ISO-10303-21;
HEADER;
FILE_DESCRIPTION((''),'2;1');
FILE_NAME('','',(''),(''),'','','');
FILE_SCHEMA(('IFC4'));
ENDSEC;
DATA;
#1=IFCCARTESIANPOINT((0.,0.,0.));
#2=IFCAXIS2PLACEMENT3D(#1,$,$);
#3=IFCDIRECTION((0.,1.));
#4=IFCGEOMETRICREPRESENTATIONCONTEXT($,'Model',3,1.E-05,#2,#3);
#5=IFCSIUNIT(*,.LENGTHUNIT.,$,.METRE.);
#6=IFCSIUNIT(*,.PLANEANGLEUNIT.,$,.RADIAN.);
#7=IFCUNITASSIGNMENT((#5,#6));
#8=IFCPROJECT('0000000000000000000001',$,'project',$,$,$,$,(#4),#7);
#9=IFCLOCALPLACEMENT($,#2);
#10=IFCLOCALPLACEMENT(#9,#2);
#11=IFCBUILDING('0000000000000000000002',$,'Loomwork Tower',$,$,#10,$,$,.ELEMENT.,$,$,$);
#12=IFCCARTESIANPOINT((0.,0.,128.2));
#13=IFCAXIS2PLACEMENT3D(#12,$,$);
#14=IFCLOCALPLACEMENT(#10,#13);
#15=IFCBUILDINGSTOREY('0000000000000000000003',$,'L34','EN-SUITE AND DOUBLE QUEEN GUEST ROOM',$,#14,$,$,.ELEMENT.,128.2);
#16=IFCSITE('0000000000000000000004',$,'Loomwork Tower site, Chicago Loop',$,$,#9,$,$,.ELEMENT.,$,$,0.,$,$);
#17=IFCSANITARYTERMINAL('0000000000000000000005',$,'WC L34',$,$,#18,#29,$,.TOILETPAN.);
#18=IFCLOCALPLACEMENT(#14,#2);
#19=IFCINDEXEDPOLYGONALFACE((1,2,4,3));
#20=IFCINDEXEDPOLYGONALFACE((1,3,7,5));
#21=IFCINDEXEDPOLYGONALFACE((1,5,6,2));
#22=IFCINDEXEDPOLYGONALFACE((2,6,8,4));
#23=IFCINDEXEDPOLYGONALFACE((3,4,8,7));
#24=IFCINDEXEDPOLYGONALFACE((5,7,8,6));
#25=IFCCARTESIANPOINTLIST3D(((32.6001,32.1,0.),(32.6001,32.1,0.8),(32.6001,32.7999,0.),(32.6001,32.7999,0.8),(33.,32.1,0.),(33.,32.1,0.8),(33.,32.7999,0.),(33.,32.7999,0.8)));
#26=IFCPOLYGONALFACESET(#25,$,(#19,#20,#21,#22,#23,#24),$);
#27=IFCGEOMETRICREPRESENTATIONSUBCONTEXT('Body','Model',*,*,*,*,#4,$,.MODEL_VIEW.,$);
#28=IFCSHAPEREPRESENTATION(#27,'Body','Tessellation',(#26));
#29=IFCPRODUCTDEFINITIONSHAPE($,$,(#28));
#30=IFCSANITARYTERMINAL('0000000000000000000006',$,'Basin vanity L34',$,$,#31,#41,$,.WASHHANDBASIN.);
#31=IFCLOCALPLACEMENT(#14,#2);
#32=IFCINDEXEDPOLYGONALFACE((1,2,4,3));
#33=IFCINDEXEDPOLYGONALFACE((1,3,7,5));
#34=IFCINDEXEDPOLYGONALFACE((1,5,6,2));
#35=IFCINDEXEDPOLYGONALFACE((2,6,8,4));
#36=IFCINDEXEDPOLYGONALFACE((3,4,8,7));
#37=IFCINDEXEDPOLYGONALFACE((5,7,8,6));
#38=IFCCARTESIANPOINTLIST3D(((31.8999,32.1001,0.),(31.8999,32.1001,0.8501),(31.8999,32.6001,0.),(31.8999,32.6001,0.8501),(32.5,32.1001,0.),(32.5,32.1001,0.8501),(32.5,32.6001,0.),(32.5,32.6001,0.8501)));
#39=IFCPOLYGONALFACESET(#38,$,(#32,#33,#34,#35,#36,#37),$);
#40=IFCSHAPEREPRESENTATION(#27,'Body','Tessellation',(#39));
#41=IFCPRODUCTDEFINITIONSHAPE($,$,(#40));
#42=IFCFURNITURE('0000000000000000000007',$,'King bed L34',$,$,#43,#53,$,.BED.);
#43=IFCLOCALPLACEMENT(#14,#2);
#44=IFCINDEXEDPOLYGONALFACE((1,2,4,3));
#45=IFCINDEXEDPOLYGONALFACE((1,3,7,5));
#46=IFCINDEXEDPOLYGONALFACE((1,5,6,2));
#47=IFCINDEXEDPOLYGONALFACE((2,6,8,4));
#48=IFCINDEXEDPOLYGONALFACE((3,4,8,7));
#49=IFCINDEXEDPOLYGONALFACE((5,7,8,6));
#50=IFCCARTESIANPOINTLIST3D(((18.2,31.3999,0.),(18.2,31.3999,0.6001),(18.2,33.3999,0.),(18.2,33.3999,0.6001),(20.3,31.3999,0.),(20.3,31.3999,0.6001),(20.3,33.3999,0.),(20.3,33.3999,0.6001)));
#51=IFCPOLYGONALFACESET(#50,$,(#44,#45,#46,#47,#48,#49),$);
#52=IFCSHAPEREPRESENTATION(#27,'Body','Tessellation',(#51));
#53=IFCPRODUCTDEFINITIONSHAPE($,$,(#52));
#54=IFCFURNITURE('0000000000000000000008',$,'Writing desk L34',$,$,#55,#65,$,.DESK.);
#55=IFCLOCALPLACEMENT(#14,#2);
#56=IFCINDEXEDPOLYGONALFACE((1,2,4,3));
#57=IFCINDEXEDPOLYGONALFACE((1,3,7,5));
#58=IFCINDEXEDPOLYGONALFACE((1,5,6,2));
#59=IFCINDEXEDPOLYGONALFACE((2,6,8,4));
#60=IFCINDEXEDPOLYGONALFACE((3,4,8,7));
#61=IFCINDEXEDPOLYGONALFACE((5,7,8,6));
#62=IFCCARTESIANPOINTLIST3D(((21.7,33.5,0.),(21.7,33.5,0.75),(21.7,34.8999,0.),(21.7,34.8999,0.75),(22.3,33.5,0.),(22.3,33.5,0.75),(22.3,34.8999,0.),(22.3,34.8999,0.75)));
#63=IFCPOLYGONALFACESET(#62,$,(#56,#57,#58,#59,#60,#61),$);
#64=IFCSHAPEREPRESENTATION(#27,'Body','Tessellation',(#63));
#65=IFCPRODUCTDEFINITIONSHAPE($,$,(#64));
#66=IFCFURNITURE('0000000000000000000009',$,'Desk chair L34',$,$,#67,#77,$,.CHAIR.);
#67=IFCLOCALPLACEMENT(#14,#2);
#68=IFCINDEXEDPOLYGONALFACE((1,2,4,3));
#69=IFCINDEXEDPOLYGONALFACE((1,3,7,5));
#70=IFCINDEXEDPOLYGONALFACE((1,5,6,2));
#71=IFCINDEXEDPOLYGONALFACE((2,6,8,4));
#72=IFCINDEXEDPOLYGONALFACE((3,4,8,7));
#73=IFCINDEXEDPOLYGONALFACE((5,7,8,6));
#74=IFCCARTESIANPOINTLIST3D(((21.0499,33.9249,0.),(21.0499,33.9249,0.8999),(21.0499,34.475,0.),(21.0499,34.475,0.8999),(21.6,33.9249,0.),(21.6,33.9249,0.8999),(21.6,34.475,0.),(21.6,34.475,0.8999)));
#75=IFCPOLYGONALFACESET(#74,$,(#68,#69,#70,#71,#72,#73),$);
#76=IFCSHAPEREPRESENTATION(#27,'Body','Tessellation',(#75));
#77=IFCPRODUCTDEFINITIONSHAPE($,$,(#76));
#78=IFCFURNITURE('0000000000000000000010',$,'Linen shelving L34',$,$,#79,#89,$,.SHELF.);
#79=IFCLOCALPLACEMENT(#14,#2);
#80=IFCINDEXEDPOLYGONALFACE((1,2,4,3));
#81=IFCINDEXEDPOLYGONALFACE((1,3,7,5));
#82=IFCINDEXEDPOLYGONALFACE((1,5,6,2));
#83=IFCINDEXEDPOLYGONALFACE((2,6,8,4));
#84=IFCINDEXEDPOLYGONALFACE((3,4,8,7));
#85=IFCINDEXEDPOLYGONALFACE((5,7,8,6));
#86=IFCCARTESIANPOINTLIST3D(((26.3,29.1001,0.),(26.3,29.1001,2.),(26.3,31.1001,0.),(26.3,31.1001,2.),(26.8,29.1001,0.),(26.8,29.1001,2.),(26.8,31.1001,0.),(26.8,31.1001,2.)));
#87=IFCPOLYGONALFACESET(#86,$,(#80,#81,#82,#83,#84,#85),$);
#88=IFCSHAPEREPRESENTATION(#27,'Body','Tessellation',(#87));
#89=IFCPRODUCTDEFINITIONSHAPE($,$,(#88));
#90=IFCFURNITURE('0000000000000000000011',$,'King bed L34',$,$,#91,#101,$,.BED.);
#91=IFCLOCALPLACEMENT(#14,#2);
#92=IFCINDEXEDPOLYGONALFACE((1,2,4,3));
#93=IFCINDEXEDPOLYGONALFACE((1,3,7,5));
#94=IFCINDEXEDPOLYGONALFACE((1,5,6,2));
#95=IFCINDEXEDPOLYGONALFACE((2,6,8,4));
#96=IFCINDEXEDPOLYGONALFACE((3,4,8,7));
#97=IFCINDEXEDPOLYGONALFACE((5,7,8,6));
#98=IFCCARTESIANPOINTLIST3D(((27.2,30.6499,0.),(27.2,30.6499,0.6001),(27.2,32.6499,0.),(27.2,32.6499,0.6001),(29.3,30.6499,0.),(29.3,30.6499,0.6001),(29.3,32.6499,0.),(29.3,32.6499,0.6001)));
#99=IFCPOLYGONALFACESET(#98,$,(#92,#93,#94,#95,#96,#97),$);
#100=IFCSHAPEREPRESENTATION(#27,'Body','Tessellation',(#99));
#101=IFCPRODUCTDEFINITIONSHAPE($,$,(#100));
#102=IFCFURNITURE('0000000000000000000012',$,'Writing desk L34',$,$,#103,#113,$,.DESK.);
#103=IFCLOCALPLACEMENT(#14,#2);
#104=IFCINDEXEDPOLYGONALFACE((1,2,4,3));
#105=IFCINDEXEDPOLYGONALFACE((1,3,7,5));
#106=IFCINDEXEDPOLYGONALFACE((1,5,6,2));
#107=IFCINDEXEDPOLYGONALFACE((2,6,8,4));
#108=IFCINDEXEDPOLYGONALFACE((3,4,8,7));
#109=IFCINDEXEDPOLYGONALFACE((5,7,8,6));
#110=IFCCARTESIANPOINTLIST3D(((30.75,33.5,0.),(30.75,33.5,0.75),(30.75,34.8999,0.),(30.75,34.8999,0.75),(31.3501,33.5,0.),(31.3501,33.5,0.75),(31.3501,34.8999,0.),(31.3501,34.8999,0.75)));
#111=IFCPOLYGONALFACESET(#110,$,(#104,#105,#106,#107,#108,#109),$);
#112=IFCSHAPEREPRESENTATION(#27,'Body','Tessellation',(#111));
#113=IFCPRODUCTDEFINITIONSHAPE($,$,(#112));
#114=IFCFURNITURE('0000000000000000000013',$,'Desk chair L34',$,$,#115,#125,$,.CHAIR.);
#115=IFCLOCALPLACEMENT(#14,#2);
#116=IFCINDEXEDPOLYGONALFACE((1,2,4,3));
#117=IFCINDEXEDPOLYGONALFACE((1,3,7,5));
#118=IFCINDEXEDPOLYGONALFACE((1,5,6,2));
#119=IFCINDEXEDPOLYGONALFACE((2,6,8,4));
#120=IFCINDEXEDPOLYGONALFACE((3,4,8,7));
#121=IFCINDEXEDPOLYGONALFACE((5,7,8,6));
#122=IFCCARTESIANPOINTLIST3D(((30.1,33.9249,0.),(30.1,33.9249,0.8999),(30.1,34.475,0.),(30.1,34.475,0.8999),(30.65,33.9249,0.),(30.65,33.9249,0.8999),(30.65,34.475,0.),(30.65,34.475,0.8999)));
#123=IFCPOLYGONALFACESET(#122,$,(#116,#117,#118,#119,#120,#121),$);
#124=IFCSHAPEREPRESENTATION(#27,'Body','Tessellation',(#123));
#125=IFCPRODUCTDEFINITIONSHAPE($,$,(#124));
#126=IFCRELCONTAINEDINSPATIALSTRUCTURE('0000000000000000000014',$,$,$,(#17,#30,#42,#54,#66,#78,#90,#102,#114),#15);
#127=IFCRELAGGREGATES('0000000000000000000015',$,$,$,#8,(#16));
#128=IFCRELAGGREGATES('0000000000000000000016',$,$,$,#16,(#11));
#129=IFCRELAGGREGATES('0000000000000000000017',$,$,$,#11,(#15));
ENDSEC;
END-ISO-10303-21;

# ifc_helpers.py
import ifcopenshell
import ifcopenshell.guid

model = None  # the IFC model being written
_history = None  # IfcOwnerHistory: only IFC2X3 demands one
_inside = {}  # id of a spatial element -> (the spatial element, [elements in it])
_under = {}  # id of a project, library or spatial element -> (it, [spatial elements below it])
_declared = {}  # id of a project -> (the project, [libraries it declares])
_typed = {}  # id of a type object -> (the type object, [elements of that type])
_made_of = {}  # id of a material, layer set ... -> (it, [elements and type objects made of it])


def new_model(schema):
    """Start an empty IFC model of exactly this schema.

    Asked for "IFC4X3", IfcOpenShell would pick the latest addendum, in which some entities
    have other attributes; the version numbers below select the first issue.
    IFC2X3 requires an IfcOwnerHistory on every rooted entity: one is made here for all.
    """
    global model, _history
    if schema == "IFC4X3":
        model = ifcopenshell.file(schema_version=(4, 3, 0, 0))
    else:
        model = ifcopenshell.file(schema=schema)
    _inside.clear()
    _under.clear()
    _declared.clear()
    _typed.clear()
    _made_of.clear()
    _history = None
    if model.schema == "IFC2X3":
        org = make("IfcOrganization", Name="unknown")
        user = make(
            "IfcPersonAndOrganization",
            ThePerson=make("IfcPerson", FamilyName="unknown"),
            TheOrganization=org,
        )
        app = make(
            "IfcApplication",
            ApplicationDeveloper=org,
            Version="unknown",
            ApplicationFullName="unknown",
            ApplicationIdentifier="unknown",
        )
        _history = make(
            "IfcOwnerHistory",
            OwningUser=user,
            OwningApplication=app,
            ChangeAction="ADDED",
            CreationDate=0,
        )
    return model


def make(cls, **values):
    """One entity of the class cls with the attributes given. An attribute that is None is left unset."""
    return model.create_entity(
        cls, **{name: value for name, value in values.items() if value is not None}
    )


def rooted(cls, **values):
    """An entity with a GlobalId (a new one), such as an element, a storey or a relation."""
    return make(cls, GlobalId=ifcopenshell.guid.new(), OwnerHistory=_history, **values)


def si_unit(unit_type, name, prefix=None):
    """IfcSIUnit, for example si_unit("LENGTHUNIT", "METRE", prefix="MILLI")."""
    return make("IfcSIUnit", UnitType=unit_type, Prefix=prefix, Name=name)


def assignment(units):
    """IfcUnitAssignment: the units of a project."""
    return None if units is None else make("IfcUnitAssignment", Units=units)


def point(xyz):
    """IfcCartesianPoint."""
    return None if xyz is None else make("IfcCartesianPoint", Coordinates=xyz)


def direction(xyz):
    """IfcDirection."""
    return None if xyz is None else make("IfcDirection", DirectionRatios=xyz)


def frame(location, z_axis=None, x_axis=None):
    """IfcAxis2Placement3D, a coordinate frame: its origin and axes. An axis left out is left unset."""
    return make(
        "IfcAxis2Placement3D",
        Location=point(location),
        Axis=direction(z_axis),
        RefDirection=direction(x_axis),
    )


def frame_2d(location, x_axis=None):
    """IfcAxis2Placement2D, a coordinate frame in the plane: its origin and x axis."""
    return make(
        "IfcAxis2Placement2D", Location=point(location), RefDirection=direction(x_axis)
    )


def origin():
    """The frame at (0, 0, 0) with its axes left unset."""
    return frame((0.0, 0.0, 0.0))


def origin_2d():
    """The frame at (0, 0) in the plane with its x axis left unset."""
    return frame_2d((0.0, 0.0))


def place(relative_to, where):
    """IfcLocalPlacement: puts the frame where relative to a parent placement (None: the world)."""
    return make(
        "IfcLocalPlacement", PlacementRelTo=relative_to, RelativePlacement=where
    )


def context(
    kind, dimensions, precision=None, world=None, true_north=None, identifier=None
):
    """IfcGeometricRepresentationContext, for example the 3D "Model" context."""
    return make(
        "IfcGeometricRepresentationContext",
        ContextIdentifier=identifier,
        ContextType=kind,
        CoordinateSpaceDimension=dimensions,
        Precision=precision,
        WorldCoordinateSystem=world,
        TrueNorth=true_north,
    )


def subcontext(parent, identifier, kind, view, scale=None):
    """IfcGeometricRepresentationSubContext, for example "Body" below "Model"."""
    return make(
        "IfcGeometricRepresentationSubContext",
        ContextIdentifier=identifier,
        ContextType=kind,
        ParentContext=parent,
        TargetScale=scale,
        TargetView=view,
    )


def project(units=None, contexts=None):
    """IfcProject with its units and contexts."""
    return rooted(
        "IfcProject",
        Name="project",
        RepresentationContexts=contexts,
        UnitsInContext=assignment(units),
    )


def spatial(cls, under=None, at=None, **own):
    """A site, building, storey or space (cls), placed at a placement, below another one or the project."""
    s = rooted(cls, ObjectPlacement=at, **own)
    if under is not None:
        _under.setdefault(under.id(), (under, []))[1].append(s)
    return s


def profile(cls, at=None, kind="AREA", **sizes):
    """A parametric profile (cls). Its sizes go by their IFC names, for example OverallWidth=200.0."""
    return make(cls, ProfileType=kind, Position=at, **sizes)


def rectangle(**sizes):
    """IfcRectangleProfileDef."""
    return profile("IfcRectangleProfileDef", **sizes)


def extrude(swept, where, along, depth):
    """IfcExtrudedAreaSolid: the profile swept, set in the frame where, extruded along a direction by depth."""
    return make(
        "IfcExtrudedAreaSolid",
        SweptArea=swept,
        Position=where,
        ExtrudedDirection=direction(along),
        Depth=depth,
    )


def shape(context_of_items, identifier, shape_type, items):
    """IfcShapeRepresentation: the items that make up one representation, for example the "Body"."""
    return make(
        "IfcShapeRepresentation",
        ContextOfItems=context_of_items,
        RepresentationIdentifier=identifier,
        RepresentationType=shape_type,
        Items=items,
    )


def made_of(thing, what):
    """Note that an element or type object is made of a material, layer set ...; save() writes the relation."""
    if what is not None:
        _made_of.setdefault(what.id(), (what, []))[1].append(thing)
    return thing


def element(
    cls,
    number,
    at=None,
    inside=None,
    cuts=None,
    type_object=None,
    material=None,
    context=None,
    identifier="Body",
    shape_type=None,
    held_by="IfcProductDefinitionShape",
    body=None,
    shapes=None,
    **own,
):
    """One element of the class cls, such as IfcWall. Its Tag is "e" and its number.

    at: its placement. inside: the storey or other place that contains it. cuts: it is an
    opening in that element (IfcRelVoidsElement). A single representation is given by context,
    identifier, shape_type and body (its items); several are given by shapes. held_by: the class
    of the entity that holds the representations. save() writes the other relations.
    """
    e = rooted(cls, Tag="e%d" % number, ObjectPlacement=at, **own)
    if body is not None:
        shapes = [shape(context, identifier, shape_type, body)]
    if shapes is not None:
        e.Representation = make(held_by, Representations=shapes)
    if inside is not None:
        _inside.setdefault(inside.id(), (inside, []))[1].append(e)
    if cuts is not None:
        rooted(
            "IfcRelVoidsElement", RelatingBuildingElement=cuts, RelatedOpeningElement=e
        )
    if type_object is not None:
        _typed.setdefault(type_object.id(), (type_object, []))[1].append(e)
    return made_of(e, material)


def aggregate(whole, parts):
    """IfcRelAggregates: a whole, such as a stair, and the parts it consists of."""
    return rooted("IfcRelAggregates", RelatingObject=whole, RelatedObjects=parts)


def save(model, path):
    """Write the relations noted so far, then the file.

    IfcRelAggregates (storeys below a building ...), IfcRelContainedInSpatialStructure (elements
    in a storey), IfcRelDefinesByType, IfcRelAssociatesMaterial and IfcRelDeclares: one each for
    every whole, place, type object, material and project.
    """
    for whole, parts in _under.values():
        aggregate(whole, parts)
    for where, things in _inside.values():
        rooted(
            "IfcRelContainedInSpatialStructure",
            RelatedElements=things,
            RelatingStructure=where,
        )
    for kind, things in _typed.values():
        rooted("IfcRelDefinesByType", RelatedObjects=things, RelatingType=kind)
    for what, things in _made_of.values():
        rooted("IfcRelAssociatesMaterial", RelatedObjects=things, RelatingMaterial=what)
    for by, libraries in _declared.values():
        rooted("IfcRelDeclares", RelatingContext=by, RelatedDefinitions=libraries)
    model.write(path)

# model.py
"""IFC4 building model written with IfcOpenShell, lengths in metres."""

from ifc_helpers import new_model, si_unit, direction, frame, origin, origin_2d, place, context, subcontext, project, spatial, rectangle, extrude, element, save


model = new_model("IFC4")

# Units and contexts
model_context = context("Model", 3, precision=1e-05, world=origin(), true_north=direction((0.0, 1.0)))
body_context = subcontext(model_context, "Body", "Model", "MODEL_VIEW")
ifc_project = project(units=[si_unit("LENGTHUNIT", "METRE"), si_unit("PLANEANGLEUNIT", "RADIAN")], contexts=[model_context])

# Site, building, storey
site_placement = place(None, origin())
site = spatial("IfcSite", under=ifc_project, at=site_placement, Name="Loomwork Tower site, Chicago Loop", CompositionType="ELEMENT", RefElevation=0.0)
building_placement = place(site_placement, origin())
building = spatial("IfcBuilding", under=site, at=building_placement, Name="Loomwork Tower", CompositionType="ELEMENT")
storey_placement = place(building_placement, frame((0.0, 0.0, 128.2)))
storey = spatial("IfcBuildingStorey", under=building, at=storey_placement, Name="L34", Description="EN-SUITE AND DOUBLE QUEEN GUEST ROOM", CompositionType="ELEMENT", Elevation=128.2)

# Sanitary terminals
sanitary_terminal_1_placement = place(storey_placement, frame((32.8, 32.45, 0.0), z_axis=(0.0, 0.0, 1.0), x_axis=(1.0, 0.0, 0.0)))
element("IfcSanitaryTerminal", 1, at=sanitary_terminal_1_placement, inside=storey, Name="WC L34", PredefinedType="TOILETPAN", context=body_context, shape_type="SweptSolid", body=[
    extrude(rectangle(XDim=0.3999, YDim=0.7, at=origin_2d()), origin(), (0.0, 0.0, 1.0), 0.8),
])
sanitary_terminal_2_placement = place(storey_placement, frame((32.2, 32.3501, 0.0), z_axis=(0.0, 0.0, 1.0), x_axis=(1.0, 0.0, 0.0)))
element("IfcSanitaryTerminal", 2, at=sanitary_terminal_2_placement, inside=storey, Name="Basin vanity L34", PredefinedType="WASHHANDBASIN", context=body_context, shape_type="SweptSolid", body=[
    extrude(rectangle(XDim=0.6001, YDim=0.5, at=origin_2d()), origin(), (0.0, 0.0, 1.0), 0.8501),
])

# Furniture
furniture_1_placement = place(storey_placement, frame((19.25, 32.3999, 0.0), z_axis=(0.0, 0.0, 1.0), x_axis=(1.0, 0.0, 0.0)))
element("IfcFurniture", 3, at=furniture_1_placement, inside=storey, Name="King bed L34", PredefinedType="BED", context=body_context, shape_type="SweptSolid", body=[
    extrude(rectangle(XDim=2.1001, YDim=2.0, at=origin_2d()), origin(), (0.0, 0.0, 1.0), 0.6001),
])
furniture_2_placement = place(storey_placement, frame((22.0, 34.2, 0.0), z_axis=(0.0, 0.0, 1.0), x_axis=(1.0, 0.0, 0.0)))
element("IfcFurniture", 4, at=furniture_2_placement, inside=storey, Name="Writing desk L34", PredefinedType="DESK", context=body_context, shape_type="SweptSolid", body=[
    extrude(rectangle(XDim=0.6001, YDim=1.3999, at=origin_2d()), origin(), (0.0, 0.0, 1.0), 0.75),
])
furniture_3_placement = place(storey_placement, frame((21.325, 34.2, 0.0), z_axis=(0.0, 0.0, 1.0), x_axis=(1.0, 0.0, 0.0)))
element("IfcFurniture", 5, at=furniture_3_placement, inside=storey, Name="Desk chair L34", PredefinedType="CHAIR", context=body_context, shape_type="SweptSolid", body=[
    extrude(rectangle(XDim=0.55, YDim=0.55, at=origin_2d()), origin(), (0.0, 0.0, 1.0), 0.8999),
])
furniture_4_placement = place(storey_placement, frame((26.55, 30.1001, 0.0), z_axis=(0.0, 0.0, 1.0), x_axis=(1.0, 0.0, 0.0)))
element("IfcFurniture", 6, at=furniture_4_placement, inside=storey, Name="Linen shelving L34", PredefinedType="SHELF", context=body_context, shape_type="SweptSolid", body=[
    extrude(rectangle(XDim=0.5, YDim=2.0, at=origin_2d()), origin(), (0.0, 0.0, 1.0), 2.0),
])
furniture_5_placement = place(storey_placement, frame((28.25, 31.6499, 0.0), z_axis=(0.0, 0.0, 1.0), x_axis=(1.0, 0.0, 0.0)))
element("IfcFurniture", 7, at=furniture_5_placement, inside=storey, Name="King bed L34", PredefinedType="BED", context=body_context, shape_type="SweptSolid", body=[
    extrude(rectangle(XDim=2.1001, YDim=2.0, at=origin_2d()), origin(), (0.0, 0.0, 1.0), 0.6001),
])
furniture_6_placement = place(storey_placement, frame((31.05, 34.2, 0.0), z_axis=(0.0, 0.0, 1.0), x_axis=(1.0, 0.0, 0.0)))
element("IfcFurniture", 8, at=furniture_6_placement, inside=storey, Name="Writing desk L34", PredefinedType="DESK", context=body_context, shape_type="SweptSolid", body=[
    extrude(rectangle(XDim=0.6001, YDim=1.3999, at=origin_2d()), origin(), (0.0, 0.0, 1.0), 0.75),
])
furniture_7_placement = place(storey_placement, frame((30.375, 34.2, 0.0), z_axis=(0.0, 0.0, 1.0), x_axis=(1.0, 0.0, 0.0)))
element("IfcFurniture", 9, at=furniture_7_placement, inside=storey, Name="Desk chair L34", PredefinedType="CHAIR", context=body_context, shape_type="SweptSolid", body=[
    extrude(rectangle(XDim=0.55, YDim=0.55, at=origin_2d()), origin(), (0.0, 0.0, 1.0), 0.8999),
])

save(model, "model.ifc")
